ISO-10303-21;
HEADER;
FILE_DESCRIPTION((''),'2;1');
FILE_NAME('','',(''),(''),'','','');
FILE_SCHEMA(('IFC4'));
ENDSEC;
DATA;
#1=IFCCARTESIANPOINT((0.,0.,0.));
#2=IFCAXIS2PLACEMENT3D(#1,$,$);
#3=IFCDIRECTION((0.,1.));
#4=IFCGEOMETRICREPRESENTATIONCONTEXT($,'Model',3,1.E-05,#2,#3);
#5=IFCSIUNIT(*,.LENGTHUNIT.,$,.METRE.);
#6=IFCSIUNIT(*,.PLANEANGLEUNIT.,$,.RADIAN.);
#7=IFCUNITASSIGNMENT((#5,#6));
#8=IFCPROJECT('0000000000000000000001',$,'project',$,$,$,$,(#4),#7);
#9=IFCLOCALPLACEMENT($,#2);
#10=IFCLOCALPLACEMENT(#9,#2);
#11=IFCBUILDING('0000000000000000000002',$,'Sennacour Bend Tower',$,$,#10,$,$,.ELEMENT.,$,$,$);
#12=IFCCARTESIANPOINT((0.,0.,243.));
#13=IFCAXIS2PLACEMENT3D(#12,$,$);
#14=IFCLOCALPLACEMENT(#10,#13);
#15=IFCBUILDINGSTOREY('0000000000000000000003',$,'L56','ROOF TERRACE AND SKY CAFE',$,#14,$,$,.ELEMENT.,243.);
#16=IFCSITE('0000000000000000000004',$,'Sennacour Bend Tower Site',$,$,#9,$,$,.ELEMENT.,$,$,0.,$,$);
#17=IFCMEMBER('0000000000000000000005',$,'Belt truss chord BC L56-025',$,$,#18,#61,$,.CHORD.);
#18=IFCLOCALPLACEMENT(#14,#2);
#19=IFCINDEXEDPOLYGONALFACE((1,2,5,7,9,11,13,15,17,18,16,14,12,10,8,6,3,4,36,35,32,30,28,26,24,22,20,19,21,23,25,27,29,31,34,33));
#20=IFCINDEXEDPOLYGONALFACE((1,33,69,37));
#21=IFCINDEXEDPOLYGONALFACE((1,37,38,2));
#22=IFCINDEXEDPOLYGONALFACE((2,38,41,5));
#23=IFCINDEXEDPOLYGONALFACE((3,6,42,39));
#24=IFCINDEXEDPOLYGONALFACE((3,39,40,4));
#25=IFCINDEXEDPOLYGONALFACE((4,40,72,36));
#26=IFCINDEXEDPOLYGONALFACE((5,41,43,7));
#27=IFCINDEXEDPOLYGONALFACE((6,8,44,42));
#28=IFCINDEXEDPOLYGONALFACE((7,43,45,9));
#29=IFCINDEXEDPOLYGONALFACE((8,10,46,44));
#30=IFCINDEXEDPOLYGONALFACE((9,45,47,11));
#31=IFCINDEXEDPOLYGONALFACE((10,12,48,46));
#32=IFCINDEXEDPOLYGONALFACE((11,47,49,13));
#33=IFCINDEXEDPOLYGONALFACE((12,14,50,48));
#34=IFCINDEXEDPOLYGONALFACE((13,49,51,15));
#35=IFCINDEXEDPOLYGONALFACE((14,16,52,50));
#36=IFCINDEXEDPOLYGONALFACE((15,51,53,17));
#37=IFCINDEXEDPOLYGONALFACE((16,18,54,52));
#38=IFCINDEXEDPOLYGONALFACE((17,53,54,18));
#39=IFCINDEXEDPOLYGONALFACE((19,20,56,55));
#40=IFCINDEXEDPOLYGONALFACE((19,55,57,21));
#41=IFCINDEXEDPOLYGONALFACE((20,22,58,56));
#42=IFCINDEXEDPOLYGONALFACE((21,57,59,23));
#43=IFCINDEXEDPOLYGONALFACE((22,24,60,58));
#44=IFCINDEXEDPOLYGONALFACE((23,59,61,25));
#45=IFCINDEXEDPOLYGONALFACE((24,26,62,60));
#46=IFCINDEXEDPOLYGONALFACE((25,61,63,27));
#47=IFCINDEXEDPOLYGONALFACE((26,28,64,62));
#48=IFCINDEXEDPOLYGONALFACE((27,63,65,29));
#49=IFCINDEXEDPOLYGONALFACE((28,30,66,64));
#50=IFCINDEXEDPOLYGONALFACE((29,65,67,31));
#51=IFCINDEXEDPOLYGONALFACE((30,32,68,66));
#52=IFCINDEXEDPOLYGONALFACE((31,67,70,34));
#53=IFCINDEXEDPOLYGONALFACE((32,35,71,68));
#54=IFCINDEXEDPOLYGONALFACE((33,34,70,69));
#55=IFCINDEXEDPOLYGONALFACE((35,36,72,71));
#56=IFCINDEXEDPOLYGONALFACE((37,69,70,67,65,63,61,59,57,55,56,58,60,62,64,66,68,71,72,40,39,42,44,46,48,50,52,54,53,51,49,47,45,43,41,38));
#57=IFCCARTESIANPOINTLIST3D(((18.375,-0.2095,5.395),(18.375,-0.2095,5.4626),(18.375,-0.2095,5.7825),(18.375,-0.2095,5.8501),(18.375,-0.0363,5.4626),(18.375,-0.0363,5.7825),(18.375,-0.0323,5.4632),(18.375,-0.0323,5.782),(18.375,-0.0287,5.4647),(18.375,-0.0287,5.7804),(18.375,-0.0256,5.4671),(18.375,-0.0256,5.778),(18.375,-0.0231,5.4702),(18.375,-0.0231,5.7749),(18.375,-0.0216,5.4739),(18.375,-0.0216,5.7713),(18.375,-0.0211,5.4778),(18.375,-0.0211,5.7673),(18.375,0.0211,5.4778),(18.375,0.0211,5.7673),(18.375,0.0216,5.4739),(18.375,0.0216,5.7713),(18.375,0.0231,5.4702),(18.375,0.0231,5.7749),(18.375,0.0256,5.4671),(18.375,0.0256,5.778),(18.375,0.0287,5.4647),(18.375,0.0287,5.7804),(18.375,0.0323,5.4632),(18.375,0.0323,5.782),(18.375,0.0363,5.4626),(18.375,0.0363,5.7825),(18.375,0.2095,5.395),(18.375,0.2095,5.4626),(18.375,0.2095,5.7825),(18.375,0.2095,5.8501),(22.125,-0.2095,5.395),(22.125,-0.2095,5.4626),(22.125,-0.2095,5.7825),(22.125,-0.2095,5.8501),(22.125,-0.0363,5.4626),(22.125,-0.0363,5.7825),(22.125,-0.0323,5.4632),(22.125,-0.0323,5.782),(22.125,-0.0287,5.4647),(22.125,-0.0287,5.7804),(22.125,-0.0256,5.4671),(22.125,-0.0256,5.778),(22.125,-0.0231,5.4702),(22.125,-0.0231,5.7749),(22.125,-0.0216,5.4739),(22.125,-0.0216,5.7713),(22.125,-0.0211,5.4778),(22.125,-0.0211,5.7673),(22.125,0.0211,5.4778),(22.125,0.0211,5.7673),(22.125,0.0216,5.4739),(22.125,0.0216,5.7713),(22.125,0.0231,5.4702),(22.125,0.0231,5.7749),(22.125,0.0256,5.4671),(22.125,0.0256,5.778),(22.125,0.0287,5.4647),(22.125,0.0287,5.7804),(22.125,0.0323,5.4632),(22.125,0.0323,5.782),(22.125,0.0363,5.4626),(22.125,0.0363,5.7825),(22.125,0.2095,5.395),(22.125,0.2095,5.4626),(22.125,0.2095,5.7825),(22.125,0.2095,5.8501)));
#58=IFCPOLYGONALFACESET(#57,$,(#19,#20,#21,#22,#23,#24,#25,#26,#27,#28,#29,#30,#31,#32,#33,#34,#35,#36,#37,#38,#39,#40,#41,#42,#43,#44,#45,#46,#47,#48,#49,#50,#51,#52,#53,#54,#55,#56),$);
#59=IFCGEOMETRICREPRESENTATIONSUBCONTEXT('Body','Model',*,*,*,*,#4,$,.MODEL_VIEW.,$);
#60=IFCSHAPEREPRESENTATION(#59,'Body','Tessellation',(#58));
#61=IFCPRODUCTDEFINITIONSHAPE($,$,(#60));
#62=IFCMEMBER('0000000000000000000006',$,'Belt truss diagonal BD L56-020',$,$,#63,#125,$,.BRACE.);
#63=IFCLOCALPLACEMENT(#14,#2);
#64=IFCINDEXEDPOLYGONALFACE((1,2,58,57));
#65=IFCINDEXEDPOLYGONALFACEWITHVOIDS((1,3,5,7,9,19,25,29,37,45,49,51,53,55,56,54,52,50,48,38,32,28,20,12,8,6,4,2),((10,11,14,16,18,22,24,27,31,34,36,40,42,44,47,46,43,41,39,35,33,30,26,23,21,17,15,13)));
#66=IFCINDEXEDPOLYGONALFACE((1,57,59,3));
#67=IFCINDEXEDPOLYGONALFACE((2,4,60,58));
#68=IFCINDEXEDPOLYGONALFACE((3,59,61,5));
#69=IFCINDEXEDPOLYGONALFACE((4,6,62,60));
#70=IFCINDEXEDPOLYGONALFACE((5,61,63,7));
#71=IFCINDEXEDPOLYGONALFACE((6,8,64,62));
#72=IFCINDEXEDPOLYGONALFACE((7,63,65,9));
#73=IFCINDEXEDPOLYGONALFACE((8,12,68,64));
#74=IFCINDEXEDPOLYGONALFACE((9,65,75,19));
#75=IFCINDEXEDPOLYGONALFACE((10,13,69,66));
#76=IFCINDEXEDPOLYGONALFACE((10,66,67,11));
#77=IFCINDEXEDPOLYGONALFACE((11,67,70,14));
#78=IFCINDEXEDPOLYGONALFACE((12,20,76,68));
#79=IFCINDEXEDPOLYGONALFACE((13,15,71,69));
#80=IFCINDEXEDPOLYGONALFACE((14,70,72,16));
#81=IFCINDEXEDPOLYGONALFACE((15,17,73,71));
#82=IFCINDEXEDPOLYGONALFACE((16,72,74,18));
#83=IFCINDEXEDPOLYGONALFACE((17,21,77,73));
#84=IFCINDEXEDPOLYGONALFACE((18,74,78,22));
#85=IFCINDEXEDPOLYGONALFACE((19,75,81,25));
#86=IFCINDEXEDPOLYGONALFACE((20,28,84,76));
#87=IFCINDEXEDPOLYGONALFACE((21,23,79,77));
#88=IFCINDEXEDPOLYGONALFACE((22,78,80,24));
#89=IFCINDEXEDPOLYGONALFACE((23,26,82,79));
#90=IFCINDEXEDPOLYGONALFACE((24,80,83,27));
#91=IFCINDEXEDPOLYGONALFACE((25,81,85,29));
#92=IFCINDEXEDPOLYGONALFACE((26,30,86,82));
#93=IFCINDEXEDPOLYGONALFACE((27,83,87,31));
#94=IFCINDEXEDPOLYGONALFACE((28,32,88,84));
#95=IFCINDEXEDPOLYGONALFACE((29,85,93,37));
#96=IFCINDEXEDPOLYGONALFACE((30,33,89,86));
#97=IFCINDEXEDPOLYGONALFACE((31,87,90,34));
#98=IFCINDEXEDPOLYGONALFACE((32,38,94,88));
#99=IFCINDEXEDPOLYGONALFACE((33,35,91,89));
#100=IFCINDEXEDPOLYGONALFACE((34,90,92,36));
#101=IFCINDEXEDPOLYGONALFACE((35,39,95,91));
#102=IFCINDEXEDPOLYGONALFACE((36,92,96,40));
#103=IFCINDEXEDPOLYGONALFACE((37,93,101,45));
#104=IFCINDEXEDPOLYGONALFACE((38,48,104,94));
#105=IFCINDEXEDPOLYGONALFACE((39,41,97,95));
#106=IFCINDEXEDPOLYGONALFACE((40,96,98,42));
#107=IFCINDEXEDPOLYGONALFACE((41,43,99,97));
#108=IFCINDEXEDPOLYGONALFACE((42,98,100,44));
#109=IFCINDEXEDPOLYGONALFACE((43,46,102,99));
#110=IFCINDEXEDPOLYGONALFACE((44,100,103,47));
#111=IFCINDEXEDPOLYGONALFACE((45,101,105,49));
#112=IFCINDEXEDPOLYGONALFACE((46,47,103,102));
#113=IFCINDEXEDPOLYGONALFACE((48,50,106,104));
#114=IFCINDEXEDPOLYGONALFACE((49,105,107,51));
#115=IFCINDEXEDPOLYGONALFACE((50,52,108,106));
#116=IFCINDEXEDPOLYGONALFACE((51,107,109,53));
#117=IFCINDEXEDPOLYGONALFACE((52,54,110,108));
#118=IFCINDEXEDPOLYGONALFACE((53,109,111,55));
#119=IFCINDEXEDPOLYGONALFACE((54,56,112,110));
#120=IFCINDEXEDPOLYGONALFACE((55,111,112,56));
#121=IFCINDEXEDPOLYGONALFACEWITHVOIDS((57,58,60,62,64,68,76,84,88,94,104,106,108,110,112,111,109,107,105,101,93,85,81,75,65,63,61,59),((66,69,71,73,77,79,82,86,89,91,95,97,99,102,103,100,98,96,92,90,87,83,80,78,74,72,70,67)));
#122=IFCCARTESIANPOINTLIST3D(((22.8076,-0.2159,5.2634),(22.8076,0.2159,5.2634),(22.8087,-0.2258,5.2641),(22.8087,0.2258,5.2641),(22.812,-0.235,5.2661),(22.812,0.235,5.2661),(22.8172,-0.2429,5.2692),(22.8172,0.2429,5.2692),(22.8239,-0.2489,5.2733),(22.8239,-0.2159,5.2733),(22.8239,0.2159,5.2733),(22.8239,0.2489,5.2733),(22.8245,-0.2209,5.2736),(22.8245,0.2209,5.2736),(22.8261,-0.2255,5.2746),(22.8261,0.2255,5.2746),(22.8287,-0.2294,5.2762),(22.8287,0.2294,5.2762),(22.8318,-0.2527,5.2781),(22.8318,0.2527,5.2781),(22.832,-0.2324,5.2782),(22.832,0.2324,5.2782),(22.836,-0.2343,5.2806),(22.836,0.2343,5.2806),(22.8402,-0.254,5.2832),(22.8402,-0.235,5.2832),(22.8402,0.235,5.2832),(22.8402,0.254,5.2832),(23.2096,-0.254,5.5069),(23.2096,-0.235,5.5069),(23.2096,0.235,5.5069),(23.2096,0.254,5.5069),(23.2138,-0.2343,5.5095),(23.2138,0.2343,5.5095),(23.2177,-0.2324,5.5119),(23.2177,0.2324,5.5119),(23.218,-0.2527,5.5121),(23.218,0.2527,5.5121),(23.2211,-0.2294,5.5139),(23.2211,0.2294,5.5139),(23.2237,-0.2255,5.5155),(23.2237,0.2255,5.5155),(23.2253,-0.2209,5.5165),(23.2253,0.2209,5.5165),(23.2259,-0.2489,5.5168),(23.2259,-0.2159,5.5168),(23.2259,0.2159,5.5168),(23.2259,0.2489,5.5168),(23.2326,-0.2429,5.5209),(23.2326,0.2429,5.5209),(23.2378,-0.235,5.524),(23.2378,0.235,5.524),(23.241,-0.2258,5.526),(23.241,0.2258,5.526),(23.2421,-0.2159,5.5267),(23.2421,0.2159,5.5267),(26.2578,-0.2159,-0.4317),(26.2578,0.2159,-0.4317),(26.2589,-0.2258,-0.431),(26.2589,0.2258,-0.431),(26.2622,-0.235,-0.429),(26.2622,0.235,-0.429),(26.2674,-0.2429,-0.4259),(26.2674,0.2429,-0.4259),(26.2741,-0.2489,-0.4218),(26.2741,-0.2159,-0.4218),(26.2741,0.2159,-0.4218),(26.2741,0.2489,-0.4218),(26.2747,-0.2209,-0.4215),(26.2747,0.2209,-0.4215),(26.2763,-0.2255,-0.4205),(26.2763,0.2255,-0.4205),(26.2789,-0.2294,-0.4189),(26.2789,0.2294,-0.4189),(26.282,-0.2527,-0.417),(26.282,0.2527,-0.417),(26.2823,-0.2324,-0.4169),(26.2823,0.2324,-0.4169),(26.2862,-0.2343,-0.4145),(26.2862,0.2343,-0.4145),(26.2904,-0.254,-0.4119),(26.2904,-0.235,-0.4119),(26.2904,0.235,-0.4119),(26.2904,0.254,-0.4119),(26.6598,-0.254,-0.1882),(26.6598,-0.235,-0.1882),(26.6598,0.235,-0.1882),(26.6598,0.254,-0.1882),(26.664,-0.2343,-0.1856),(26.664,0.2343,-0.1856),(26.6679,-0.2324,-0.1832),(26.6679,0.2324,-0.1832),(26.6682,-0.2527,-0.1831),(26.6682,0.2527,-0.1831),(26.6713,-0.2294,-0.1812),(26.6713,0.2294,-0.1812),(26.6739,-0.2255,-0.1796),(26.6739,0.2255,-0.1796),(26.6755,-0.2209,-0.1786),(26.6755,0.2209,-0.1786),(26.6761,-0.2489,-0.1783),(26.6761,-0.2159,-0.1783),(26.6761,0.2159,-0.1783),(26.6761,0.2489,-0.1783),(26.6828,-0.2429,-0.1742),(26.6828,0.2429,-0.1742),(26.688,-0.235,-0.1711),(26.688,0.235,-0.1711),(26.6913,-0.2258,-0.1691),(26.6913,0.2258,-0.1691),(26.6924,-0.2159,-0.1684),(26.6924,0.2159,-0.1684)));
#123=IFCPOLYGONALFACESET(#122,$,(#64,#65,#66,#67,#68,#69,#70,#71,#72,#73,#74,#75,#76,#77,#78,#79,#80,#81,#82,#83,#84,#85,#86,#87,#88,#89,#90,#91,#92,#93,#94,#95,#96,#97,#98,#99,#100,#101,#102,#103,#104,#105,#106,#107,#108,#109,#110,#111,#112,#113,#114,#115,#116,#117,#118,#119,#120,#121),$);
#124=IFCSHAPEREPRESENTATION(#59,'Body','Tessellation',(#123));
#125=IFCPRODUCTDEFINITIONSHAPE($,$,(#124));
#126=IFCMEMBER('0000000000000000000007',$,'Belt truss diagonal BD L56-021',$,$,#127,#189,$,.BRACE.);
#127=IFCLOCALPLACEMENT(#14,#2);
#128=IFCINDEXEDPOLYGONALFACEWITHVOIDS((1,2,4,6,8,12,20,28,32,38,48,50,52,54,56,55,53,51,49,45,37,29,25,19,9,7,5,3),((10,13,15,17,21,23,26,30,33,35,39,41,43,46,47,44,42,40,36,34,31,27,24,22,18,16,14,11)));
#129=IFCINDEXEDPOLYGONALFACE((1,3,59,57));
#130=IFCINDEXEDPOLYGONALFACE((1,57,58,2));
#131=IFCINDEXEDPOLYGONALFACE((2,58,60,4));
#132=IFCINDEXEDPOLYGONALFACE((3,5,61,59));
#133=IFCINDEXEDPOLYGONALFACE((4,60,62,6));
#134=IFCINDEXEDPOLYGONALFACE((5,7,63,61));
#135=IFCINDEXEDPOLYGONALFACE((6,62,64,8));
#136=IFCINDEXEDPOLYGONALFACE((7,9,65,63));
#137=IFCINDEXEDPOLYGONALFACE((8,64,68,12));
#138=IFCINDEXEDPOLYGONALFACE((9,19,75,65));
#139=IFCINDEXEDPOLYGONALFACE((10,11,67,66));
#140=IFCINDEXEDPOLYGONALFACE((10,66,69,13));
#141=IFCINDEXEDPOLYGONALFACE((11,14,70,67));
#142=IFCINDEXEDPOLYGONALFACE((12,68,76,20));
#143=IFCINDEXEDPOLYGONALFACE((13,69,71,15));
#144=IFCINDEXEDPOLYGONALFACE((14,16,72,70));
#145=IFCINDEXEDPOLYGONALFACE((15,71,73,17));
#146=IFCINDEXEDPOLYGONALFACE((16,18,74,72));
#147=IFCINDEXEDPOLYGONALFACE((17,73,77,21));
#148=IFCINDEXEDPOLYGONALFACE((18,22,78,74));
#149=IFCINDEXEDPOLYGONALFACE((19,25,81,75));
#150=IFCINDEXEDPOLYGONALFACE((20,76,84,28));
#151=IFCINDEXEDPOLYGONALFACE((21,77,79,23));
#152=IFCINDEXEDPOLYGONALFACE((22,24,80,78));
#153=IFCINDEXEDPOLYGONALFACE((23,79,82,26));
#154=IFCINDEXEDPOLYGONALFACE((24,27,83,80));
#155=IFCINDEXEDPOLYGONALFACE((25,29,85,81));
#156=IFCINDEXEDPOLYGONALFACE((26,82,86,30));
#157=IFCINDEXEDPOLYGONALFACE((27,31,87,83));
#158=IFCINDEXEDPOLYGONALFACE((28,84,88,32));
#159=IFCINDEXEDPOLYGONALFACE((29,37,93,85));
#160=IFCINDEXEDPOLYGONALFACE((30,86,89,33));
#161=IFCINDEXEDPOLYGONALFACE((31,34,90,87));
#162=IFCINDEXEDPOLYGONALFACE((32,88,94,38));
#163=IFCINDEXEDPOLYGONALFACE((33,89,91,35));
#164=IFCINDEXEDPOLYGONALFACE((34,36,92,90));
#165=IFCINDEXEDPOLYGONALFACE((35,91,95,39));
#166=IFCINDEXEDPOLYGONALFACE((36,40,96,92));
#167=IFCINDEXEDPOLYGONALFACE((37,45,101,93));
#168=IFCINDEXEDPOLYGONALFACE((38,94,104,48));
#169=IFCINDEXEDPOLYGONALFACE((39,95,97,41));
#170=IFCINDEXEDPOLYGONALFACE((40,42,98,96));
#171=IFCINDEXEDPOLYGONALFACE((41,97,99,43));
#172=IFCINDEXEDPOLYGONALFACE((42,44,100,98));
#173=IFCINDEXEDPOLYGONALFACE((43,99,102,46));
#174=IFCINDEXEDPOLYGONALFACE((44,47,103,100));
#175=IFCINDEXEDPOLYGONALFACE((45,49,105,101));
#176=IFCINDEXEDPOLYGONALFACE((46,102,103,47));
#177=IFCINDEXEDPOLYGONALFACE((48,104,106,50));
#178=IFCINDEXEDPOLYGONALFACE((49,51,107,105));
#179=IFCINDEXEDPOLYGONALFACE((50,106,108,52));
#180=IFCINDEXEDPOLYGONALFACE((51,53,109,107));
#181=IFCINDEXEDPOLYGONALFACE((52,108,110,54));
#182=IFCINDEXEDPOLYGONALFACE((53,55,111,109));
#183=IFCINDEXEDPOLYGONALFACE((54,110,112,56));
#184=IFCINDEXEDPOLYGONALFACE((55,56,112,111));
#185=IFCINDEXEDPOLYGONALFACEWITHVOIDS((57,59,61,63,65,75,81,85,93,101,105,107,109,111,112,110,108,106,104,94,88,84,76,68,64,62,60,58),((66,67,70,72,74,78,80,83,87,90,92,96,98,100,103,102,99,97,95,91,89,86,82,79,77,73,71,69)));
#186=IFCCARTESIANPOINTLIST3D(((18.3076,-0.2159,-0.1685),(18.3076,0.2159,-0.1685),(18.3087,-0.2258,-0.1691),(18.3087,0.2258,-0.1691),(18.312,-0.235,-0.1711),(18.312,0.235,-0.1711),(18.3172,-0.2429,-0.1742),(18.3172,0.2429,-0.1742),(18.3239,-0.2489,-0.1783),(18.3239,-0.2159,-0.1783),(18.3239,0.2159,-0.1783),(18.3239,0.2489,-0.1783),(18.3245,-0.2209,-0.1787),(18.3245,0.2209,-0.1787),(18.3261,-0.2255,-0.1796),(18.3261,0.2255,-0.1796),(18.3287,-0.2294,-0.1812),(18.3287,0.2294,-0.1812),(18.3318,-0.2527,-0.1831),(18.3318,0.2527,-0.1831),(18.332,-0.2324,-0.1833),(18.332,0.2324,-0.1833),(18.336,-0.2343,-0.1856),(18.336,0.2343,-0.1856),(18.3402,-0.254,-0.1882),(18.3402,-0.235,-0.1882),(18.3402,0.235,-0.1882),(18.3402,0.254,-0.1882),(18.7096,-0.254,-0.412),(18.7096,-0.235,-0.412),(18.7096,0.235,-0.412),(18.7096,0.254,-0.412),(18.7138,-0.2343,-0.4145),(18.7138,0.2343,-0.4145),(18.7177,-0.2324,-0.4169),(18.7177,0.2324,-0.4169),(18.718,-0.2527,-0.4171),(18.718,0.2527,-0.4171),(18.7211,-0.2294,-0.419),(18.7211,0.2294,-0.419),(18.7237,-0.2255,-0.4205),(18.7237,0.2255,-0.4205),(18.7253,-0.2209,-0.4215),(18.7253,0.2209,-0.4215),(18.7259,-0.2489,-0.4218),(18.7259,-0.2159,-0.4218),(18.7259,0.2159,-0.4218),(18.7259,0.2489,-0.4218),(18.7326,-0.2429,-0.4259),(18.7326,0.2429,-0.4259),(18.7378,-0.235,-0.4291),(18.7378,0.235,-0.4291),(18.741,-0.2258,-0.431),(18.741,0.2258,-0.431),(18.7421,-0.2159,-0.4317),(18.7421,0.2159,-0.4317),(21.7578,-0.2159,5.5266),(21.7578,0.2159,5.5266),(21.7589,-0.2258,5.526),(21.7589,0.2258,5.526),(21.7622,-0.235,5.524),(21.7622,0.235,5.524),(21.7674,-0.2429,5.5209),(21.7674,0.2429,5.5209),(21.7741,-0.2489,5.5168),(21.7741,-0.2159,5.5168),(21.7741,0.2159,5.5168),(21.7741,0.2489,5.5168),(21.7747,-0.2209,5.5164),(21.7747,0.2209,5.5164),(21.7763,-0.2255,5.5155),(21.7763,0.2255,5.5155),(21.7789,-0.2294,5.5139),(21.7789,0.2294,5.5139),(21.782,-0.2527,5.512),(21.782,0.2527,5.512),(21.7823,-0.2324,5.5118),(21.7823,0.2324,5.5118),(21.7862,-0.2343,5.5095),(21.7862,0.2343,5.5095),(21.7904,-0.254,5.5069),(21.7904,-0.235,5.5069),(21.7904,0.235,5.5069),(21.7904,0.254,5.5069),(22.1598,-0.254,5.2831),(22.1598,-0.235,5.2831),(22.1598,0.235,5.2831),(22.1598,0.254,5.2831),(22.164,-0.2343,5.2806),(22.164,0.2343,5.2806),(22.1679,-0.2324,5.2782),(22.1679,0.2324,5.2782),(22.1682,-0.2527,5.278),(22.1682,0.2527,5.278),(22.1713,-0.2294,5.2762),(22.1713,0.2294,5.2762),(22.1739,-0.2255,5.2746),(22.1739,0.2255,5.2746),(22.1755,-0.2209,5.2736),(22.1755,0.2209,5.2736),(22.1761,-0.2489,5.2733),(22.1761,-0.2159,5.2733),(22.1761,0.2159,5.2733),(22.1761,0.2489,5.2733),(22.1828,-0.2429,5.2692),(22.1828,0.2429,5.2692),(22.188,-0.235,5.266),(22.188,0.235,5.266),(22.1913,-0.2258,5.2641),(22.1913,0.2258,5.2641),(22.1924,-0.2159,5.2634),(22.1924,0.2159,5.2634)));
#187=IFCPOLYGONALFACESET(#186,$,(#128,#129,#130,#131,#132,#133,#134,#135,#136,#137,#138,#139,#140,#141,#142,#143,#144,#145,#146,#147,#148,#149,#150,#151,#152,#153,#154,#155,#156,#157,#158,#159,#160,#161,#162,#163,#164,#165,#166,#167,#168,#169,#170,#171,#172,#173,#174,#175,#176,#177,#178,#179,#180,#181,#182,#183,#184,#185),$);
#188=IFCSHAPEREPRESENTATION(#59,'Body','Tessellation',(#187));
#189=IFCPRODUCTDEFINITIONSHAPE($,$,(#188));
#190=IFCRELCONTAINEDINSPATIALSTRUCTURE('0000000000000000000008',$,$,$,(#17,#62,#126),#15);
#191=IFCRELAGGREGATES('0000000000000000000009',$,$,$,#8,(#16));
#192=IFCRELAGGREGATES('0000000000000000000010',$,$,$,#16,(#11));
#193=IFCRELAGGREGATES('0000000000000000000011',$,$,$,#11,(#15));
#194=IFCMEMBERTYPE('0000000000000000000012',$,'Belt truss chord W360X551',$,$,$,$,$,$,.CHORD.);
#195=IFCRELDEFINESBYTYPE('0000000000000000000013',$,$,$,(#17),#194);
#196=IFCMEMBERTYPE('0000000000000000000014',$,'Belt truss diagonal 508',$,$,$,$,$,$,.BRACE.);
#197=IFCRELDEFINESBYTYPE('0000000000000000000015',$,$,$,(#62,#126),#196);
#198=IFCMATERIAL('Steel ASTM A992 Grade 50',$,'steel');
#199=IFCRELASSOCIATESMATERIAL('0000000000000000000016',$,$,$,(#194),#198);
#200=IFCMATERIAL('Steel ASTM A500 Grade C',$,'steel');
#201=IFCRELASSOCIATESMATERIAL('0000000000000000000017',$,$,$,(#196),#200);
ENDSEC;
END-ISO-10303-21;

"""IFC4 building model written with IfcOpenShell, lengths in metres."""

from ifc_helpers import new_model, si_unit, direction, frame, origin, origin_2d, place, context, subcontext, project, spatial, hollow_rectangle, i_section, extrude, material, material_profile, profile_set, type_object, element, save


model = new_model("IFC4")

# Units and contexts
model_context = context("Model", 3, precision=1e-05, world=origin(), true_north=direction((0.0, 1.0)))
body_context = subcontext(model_context, "Body", "Model", "MODEL_VIEW")
ifc_project = project(units=[si_unit("LENGTHUNIT", "METRE"), si_unit("PLANEANGLEUNIT", "RADIAN")], contexts=[model_context])

# Site, building, storey
site_placement = place(None, origin())
site = spatial("IfcSite", under=ifc_project, at=site_placement, Name="Sennacour Bend Tower Site", CompositionType="ELEMENT", RefElevation=0.0)
building_placement = place(site_placement, origin())
building = spatial("IfcBuilding", under=site, at=building_placement, Name="Sennacour Bend Tower", CompositionType="ELEMENT")
storey_placement = place(building_placement, frame((0.0, 0.0, 243.0)))
storey = spatial("IfcBuildingStorey", under=building, at=storey_placement, Name="L56", Description="ROOF TERRACE AND SKY CAFE", CompositionType="ELEMENT", Elevation=243.0)

# Members
ifc_material_1 = material(Name="Steel ASTM A992 Grade 50", Category="steel")
ifc_material_profile_1 = material_profile(ifc_material_1, i_section(OverallWidth=0.4189, OverallDepth=0.4551, WebThickness=0.0422, FlangeThickness=0.0676, FilletRadius=0.0151, at=origin_2d()), Name="Steel ASTM A992 Grade 50", Category="steel")
ifc_profile_set_1 = profile_set([ifc_material_profile_1], Name="Steel ASTM A992 Grade 50")
member_type_1 = type_object("IfcMemberType", Name="Belt truss chord W360X551", PredefinedType="CHORD", material=ifc_profile_set_1)
for number, where, z_axis, x_axis, name in (
    (1, (22.125, 0.0, 5.6226), (-1.0, 0.0, 0.0), (0.0, -1.0, 0.0), "Belt truss chord BC L56-025"),
):
    element("IfcMember", number, at=place(storey_placement, frame(where, z_axis=z_axis, x_axis=x_axis)), inside=storey, type_object=member_type_1, Name=name, PredefinedType="CHORD", context=body_context, shape_type="SweptSolid", body=[
        extrude(i_section(OverallWidth=0.4189, OverallDepth=0.4551, WebThickness=0.0422, FlangeThickness=0.0676, FilletRadius=0.0151, at=origin_2d()), origin(), (0.0, 0.0, 1.0), 3.75),
    ])
ifc_material_2 = material(Name="Steel ASTM A500 Grade C", Category="steel")
ifc_material_profile_2 = material_profile(ifc_material_2, hollow_rectangle(XDim=0.5081, YDim=0.5081, WallThickness=0.019, InnerFilletRadius=0.019, OuterFilletRadius=0.0381, at=origin_2d()), Name="Steel ASTM A500 Grade C", Category="steel")
ifc_profile_set_2 = profile_set([ifc_material_profile_2], Name="Steel ASTM A500 Grade C")
member_type_2 = type_object("IfcMemberType", Name="Belt truss diagonal 508", PredefinedType="BRACE", material=ifc_profile_set_2)
for number, where, z_axis, x_axis, name in (
    (2, (26.4751, 0.0, -0.3), (-0.518152, 0.0, 0.855288), (0.0, -1.0, 0.0), "Belt truss diagonal BD L56-020"),
    (3, (21.9751, 0.0, 5.395), (-0.518152, 0.0, -0.855288), (0.0, -1.0, 0.0), "Belt truss diagonal BD L56-021"),
):
    element("IfcMember", number, at=place(storey_placement, frame(where, z_axis=z_axis, x_axis=x_axis)), inside=storey, type_object=member_type_2, Name=name, PredefinedType="BRACE", context=body_context, shape_type="SweptSolid", body=[
        extrude(hollow_rectangle(XDim=0.5081, YDim=0.5081, WallThickness=0.019, InnerFilletRadius=0.019, OuterFilletRadius=0.0381, at=origin_2d()), origin(), (0.0, 0.0, 1.0), 6.6587),
    ])

save(model, "model.ifc")
